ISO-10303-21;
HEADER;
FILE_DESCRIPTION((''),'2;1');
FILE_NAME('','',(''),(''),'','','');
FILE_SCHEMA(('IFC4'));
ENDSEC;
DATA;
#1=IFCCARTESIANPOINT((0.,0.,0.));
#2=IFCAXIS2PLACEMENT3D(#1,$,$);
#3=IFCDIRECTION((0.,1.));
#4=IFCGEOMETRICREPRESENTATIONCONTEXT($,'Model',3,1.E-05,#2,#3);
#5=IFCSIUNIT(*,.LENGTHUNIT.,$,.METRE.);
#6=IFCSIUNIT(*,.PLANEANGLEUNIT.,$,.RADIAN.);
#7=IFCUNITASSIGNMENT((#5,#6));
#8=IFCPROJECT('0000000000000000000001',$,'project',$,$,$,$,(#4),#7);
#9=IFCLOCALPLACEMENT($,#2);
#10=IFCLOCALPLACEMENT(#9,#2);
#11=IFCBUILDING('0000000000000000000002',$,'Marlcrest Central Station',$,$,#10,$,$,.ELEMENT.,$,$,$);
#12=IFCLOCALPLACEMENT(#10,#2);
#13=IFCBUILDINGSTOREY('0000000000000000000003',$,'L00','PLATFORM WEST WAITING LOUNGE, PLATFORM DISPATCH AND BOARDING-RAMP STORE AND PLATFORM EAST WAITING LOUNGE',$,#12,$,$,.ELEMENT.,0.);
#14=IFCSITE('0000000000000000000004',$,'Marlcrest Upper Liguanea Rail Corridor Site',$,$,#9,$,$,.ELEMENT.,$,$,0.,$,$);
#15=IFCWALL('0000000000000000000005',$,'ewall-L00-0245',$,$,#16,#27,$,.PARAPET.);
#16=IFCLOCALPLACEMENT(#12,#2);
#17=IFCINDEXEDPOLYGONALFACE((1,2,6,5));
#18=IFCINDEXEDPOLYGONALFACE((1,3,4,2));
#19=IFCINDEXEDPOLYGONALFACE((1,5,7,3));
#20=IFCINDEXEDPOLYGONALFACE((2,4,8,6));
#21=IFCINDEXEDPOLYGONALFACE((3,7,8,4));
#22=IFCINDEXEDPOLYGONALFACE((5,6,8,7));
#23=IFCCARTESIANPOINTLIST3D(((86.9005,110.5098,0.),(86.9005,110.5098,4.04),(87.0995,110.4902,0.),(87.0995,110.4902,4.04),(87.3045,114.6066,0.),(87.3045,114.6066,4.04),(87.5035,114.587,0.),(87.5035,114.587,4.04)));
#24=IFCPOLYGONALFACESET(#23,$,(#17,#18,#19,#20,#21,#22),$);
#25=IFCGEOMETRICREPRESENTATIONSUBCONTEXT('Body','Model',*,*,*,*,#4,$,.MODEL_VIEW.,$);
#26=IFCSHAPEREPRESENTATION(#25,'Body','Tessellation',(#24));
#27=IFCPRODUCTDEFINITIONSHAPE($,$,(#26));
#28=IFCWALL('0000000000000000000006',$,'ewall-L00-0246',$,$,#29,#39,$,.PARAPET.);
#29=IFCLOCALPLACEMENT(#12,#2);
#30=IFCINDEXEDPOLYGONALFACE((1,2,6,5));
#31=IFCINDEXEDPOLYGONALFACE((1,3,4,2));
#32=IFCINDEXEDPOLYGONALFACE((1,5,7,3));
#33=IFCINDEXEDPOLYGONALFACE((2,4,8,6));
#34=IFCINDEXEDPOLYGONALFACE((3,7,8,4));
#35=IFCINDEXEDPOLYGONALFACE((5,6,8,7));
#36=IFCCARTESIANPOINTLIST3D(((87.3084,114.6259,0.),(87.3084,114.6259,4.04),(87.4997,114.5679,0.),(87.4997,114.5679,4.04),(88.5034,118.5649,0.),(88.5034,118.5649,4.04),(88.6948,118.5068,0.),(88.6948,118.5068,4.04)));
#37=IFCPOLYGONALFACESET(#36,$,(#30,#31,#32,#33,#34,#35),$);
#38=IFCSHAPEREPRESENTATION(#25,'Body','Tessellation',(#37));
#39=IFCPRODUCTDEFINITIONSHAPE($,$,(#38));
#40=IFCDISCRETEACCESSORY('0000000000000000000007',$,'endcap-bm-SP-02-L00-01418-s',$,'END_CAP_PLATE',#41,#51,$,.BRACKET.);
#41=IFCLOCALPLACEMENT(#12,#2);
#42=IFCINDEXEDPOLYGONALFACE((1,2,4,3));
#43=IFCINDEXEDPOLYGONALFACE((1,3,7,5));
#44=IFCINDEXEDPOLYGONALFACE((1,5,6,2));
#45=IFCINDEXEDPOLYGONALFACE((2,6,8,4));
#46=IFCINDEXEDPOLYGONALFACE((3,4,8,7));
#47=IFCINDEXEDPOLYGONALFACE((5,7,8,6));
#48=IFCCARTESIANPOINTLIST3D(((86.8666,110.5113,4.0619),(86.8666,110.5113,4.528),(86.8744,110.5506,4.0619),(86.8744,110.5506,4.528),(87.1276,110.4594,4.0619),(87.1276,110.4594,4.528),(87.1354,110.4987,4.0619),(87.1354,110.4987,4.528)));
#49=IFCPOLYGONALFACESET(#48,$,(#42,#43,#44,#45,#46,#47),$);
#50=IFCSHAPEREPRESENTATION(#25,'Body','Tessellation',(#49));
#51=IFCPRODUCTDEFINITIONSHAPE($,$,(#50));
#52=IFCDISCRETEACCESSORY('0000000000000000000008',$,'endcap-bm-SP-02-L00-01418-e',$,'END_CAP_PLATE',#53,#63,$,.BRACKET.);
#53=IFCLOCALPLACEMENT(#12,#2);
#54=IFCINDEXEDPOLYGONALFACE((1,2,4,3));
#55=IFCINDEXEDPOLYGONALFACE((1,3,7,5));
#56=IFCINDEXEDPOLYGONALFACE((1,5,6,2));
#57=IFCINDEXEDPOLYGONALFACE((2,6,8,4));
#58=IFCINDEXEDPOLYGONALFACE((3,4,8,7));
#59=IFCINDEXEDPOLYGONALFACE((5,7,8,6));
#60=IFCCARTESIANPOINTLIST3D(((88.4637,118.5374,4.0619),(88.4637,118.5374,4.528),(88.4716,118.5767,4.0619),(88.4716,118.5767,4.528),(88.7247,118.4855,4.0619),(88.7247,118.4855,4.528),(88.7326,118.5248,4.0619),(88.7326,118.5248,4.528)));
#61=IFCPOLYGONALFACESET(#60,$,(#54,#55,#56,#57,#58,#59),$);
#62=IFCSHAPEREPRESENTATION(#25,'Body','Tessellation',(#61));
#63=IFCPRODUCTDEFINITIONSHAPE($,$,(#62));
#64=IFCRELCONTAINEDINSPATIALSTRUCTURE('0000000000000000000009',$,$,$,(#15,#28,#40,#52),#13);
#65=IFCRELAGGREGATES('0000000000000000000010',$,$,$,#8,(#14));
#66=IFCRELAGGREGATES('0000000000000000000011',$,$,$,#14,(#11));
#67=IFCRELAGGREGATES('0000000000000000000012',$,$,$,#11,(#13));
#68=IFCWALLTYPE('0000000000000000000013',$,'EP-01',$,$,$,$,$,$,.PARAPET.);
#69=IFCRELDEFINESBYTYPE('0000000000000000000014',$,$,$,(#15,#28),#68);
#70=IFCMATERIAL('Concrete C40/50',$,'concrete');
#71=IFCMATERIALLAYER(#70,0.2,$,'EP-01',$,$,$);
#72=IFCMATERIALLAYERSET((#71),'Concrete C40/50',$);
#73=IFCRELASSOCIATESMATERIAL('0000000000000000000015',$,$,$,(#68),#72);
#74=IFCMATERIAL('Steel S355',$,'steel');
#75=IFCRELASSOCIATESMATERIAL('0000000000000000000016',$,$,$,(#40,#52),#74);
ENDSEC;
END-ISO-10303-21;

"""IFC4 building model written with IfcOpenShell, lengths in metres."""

from ifc_helpers import new_model, si_unit, direction, frame, frame_2d, origin, origin_2d, place, context, subcontext, project, spatial, rectangle, extrude, material, layer, layer_set, type_object, element, save


model = new_model("IFC4")

# Units and contexts
model_context = context("Model", 3, precision=1e-05, world=origin(), true_north=direction((0.0, 1.0)))
body_context = subcontext(model_context, "Body", "Model", "MODEL_VIEW")
ifc_project = project(units=[si_unit("LENGTHUNIT", "METRE"), si_unit("PLANEANGLEUNIT", "RADIAN")], contexts=[model_context])

# Site, building, storey
site_placement = place(None, origin())
site = spatial("IfcSite", under=ifc_project, at=site_placement, Name="Marlcrest Upper Liguanea Rail Corridor Site", CompositionType="ELEMENT", RefElevation=0.0)
building_placement = place(site_placement, origin())
building = spatial("IfcBuilding", under=site, at=building_placement, Name="Marlcrest Central Station", CompositionType="ELEMENT")
storey_placement = place(building_placement, origin())
storey = spatial("IfcBuildingStorey", under=building, at=storey_placement, Name="L00", Description="PLATFORM WEST WAITING LOUNGE, PLATFORM DISPATCH AND BOARDING-RAMP STORE AND PLATFORM EAST WAITING LOUNGE", CompositionType="ELEMENT", Elevation=0.0)

# Shared definitions
ifc_material_1 = material(Name="Concrete C40/50", Category="concrete")

# Shared definitions
ifc_material_2 = material(Name="Steel S355", Category="steel")

# Walls
ifc_layer = layer(ifc_material_1, 0.2, Name="EP-01")
ifc_layer_set = layer_set([ifc_layer], Name="Concrete C40/50")
wall_type = type_object("IfcWallType", Name="EP-01", PredefinedType="PARAPET", material=ifc_layer_set)
wall_1_placement = place(storey_placement, frame((87.0, 110.5, 0.0), z_axis=(0.0, 0.0, 1.0), x_axis=(0.098147, 0.995172, 0.0)))
element("IfcWall", 1, at=wall_1_placement, inside=storey, type_object=wall_type, Name="ewall-L00-0245", PredefinedType="PARAPET", context=body_context, shape_type="SweptSolid", body=[
    extrude(rectangle(XDim=4.1167, YDim=0.2, at=frame_2d((2.0583, 0.0))), origin(), (0.0, 0.0, 1.0), 4.04),
])
wall_2_placement = place(storey_placement, frame((87.4041, 114.5969, 0.0), z_axis=(0.0, 0.0, 1.0), x_axis=(0.290328, 0.956927, 0.0)))
element("IfcWall", 2, at=wall_2_placement, inside=storey, type_object=wall_type, Name="ewall-L00-0246", PredefinedType="PARAPET", context=body_context, shape_type="SweptSolid", body=[
    extrude(rectangle(XDim=4.1162, YDim=0.2, at=frame_2d((2.0581, 0.0))), origin(), (0.0, 0.0, 1.0), 4.04),
])

# Discrete accessories
for number, where, z_axis, x_axis, name in (
    (3, (86.9971, 110.4854, 4.2949), (0.195171, 0.980769, 0.0), (-0.980769, 0.195171, 0.0), "endcap-bm-SP-02-L00-01418-s"),
    (4, (88.5942, 118.5115, 4.2949), (0.195171, 0.980769, 0.0), (-0.980769, 0.195171, 0.0), "endcap-bm-SP-02-L00-01418-e"),
):
    element("IfcDiscreteAccessory", number, at=place(storey_placement, frame(where, z_axis=z_axis, x_axis=x_axis)), inside=storey, material=ifc_material_2, Name=name, ObjectType="END_CAP_PLATE", PredefinedType="BRACKET", context=body_context, shape_type="SweptSolid", body=[
        extrude(rectangle(XDim=0.2661, YDim=0.4661, at=origin_2d()), origin(), (0.0, 0.0, 1.0), 0.04),
    ])

save(model, "model.ifc")
